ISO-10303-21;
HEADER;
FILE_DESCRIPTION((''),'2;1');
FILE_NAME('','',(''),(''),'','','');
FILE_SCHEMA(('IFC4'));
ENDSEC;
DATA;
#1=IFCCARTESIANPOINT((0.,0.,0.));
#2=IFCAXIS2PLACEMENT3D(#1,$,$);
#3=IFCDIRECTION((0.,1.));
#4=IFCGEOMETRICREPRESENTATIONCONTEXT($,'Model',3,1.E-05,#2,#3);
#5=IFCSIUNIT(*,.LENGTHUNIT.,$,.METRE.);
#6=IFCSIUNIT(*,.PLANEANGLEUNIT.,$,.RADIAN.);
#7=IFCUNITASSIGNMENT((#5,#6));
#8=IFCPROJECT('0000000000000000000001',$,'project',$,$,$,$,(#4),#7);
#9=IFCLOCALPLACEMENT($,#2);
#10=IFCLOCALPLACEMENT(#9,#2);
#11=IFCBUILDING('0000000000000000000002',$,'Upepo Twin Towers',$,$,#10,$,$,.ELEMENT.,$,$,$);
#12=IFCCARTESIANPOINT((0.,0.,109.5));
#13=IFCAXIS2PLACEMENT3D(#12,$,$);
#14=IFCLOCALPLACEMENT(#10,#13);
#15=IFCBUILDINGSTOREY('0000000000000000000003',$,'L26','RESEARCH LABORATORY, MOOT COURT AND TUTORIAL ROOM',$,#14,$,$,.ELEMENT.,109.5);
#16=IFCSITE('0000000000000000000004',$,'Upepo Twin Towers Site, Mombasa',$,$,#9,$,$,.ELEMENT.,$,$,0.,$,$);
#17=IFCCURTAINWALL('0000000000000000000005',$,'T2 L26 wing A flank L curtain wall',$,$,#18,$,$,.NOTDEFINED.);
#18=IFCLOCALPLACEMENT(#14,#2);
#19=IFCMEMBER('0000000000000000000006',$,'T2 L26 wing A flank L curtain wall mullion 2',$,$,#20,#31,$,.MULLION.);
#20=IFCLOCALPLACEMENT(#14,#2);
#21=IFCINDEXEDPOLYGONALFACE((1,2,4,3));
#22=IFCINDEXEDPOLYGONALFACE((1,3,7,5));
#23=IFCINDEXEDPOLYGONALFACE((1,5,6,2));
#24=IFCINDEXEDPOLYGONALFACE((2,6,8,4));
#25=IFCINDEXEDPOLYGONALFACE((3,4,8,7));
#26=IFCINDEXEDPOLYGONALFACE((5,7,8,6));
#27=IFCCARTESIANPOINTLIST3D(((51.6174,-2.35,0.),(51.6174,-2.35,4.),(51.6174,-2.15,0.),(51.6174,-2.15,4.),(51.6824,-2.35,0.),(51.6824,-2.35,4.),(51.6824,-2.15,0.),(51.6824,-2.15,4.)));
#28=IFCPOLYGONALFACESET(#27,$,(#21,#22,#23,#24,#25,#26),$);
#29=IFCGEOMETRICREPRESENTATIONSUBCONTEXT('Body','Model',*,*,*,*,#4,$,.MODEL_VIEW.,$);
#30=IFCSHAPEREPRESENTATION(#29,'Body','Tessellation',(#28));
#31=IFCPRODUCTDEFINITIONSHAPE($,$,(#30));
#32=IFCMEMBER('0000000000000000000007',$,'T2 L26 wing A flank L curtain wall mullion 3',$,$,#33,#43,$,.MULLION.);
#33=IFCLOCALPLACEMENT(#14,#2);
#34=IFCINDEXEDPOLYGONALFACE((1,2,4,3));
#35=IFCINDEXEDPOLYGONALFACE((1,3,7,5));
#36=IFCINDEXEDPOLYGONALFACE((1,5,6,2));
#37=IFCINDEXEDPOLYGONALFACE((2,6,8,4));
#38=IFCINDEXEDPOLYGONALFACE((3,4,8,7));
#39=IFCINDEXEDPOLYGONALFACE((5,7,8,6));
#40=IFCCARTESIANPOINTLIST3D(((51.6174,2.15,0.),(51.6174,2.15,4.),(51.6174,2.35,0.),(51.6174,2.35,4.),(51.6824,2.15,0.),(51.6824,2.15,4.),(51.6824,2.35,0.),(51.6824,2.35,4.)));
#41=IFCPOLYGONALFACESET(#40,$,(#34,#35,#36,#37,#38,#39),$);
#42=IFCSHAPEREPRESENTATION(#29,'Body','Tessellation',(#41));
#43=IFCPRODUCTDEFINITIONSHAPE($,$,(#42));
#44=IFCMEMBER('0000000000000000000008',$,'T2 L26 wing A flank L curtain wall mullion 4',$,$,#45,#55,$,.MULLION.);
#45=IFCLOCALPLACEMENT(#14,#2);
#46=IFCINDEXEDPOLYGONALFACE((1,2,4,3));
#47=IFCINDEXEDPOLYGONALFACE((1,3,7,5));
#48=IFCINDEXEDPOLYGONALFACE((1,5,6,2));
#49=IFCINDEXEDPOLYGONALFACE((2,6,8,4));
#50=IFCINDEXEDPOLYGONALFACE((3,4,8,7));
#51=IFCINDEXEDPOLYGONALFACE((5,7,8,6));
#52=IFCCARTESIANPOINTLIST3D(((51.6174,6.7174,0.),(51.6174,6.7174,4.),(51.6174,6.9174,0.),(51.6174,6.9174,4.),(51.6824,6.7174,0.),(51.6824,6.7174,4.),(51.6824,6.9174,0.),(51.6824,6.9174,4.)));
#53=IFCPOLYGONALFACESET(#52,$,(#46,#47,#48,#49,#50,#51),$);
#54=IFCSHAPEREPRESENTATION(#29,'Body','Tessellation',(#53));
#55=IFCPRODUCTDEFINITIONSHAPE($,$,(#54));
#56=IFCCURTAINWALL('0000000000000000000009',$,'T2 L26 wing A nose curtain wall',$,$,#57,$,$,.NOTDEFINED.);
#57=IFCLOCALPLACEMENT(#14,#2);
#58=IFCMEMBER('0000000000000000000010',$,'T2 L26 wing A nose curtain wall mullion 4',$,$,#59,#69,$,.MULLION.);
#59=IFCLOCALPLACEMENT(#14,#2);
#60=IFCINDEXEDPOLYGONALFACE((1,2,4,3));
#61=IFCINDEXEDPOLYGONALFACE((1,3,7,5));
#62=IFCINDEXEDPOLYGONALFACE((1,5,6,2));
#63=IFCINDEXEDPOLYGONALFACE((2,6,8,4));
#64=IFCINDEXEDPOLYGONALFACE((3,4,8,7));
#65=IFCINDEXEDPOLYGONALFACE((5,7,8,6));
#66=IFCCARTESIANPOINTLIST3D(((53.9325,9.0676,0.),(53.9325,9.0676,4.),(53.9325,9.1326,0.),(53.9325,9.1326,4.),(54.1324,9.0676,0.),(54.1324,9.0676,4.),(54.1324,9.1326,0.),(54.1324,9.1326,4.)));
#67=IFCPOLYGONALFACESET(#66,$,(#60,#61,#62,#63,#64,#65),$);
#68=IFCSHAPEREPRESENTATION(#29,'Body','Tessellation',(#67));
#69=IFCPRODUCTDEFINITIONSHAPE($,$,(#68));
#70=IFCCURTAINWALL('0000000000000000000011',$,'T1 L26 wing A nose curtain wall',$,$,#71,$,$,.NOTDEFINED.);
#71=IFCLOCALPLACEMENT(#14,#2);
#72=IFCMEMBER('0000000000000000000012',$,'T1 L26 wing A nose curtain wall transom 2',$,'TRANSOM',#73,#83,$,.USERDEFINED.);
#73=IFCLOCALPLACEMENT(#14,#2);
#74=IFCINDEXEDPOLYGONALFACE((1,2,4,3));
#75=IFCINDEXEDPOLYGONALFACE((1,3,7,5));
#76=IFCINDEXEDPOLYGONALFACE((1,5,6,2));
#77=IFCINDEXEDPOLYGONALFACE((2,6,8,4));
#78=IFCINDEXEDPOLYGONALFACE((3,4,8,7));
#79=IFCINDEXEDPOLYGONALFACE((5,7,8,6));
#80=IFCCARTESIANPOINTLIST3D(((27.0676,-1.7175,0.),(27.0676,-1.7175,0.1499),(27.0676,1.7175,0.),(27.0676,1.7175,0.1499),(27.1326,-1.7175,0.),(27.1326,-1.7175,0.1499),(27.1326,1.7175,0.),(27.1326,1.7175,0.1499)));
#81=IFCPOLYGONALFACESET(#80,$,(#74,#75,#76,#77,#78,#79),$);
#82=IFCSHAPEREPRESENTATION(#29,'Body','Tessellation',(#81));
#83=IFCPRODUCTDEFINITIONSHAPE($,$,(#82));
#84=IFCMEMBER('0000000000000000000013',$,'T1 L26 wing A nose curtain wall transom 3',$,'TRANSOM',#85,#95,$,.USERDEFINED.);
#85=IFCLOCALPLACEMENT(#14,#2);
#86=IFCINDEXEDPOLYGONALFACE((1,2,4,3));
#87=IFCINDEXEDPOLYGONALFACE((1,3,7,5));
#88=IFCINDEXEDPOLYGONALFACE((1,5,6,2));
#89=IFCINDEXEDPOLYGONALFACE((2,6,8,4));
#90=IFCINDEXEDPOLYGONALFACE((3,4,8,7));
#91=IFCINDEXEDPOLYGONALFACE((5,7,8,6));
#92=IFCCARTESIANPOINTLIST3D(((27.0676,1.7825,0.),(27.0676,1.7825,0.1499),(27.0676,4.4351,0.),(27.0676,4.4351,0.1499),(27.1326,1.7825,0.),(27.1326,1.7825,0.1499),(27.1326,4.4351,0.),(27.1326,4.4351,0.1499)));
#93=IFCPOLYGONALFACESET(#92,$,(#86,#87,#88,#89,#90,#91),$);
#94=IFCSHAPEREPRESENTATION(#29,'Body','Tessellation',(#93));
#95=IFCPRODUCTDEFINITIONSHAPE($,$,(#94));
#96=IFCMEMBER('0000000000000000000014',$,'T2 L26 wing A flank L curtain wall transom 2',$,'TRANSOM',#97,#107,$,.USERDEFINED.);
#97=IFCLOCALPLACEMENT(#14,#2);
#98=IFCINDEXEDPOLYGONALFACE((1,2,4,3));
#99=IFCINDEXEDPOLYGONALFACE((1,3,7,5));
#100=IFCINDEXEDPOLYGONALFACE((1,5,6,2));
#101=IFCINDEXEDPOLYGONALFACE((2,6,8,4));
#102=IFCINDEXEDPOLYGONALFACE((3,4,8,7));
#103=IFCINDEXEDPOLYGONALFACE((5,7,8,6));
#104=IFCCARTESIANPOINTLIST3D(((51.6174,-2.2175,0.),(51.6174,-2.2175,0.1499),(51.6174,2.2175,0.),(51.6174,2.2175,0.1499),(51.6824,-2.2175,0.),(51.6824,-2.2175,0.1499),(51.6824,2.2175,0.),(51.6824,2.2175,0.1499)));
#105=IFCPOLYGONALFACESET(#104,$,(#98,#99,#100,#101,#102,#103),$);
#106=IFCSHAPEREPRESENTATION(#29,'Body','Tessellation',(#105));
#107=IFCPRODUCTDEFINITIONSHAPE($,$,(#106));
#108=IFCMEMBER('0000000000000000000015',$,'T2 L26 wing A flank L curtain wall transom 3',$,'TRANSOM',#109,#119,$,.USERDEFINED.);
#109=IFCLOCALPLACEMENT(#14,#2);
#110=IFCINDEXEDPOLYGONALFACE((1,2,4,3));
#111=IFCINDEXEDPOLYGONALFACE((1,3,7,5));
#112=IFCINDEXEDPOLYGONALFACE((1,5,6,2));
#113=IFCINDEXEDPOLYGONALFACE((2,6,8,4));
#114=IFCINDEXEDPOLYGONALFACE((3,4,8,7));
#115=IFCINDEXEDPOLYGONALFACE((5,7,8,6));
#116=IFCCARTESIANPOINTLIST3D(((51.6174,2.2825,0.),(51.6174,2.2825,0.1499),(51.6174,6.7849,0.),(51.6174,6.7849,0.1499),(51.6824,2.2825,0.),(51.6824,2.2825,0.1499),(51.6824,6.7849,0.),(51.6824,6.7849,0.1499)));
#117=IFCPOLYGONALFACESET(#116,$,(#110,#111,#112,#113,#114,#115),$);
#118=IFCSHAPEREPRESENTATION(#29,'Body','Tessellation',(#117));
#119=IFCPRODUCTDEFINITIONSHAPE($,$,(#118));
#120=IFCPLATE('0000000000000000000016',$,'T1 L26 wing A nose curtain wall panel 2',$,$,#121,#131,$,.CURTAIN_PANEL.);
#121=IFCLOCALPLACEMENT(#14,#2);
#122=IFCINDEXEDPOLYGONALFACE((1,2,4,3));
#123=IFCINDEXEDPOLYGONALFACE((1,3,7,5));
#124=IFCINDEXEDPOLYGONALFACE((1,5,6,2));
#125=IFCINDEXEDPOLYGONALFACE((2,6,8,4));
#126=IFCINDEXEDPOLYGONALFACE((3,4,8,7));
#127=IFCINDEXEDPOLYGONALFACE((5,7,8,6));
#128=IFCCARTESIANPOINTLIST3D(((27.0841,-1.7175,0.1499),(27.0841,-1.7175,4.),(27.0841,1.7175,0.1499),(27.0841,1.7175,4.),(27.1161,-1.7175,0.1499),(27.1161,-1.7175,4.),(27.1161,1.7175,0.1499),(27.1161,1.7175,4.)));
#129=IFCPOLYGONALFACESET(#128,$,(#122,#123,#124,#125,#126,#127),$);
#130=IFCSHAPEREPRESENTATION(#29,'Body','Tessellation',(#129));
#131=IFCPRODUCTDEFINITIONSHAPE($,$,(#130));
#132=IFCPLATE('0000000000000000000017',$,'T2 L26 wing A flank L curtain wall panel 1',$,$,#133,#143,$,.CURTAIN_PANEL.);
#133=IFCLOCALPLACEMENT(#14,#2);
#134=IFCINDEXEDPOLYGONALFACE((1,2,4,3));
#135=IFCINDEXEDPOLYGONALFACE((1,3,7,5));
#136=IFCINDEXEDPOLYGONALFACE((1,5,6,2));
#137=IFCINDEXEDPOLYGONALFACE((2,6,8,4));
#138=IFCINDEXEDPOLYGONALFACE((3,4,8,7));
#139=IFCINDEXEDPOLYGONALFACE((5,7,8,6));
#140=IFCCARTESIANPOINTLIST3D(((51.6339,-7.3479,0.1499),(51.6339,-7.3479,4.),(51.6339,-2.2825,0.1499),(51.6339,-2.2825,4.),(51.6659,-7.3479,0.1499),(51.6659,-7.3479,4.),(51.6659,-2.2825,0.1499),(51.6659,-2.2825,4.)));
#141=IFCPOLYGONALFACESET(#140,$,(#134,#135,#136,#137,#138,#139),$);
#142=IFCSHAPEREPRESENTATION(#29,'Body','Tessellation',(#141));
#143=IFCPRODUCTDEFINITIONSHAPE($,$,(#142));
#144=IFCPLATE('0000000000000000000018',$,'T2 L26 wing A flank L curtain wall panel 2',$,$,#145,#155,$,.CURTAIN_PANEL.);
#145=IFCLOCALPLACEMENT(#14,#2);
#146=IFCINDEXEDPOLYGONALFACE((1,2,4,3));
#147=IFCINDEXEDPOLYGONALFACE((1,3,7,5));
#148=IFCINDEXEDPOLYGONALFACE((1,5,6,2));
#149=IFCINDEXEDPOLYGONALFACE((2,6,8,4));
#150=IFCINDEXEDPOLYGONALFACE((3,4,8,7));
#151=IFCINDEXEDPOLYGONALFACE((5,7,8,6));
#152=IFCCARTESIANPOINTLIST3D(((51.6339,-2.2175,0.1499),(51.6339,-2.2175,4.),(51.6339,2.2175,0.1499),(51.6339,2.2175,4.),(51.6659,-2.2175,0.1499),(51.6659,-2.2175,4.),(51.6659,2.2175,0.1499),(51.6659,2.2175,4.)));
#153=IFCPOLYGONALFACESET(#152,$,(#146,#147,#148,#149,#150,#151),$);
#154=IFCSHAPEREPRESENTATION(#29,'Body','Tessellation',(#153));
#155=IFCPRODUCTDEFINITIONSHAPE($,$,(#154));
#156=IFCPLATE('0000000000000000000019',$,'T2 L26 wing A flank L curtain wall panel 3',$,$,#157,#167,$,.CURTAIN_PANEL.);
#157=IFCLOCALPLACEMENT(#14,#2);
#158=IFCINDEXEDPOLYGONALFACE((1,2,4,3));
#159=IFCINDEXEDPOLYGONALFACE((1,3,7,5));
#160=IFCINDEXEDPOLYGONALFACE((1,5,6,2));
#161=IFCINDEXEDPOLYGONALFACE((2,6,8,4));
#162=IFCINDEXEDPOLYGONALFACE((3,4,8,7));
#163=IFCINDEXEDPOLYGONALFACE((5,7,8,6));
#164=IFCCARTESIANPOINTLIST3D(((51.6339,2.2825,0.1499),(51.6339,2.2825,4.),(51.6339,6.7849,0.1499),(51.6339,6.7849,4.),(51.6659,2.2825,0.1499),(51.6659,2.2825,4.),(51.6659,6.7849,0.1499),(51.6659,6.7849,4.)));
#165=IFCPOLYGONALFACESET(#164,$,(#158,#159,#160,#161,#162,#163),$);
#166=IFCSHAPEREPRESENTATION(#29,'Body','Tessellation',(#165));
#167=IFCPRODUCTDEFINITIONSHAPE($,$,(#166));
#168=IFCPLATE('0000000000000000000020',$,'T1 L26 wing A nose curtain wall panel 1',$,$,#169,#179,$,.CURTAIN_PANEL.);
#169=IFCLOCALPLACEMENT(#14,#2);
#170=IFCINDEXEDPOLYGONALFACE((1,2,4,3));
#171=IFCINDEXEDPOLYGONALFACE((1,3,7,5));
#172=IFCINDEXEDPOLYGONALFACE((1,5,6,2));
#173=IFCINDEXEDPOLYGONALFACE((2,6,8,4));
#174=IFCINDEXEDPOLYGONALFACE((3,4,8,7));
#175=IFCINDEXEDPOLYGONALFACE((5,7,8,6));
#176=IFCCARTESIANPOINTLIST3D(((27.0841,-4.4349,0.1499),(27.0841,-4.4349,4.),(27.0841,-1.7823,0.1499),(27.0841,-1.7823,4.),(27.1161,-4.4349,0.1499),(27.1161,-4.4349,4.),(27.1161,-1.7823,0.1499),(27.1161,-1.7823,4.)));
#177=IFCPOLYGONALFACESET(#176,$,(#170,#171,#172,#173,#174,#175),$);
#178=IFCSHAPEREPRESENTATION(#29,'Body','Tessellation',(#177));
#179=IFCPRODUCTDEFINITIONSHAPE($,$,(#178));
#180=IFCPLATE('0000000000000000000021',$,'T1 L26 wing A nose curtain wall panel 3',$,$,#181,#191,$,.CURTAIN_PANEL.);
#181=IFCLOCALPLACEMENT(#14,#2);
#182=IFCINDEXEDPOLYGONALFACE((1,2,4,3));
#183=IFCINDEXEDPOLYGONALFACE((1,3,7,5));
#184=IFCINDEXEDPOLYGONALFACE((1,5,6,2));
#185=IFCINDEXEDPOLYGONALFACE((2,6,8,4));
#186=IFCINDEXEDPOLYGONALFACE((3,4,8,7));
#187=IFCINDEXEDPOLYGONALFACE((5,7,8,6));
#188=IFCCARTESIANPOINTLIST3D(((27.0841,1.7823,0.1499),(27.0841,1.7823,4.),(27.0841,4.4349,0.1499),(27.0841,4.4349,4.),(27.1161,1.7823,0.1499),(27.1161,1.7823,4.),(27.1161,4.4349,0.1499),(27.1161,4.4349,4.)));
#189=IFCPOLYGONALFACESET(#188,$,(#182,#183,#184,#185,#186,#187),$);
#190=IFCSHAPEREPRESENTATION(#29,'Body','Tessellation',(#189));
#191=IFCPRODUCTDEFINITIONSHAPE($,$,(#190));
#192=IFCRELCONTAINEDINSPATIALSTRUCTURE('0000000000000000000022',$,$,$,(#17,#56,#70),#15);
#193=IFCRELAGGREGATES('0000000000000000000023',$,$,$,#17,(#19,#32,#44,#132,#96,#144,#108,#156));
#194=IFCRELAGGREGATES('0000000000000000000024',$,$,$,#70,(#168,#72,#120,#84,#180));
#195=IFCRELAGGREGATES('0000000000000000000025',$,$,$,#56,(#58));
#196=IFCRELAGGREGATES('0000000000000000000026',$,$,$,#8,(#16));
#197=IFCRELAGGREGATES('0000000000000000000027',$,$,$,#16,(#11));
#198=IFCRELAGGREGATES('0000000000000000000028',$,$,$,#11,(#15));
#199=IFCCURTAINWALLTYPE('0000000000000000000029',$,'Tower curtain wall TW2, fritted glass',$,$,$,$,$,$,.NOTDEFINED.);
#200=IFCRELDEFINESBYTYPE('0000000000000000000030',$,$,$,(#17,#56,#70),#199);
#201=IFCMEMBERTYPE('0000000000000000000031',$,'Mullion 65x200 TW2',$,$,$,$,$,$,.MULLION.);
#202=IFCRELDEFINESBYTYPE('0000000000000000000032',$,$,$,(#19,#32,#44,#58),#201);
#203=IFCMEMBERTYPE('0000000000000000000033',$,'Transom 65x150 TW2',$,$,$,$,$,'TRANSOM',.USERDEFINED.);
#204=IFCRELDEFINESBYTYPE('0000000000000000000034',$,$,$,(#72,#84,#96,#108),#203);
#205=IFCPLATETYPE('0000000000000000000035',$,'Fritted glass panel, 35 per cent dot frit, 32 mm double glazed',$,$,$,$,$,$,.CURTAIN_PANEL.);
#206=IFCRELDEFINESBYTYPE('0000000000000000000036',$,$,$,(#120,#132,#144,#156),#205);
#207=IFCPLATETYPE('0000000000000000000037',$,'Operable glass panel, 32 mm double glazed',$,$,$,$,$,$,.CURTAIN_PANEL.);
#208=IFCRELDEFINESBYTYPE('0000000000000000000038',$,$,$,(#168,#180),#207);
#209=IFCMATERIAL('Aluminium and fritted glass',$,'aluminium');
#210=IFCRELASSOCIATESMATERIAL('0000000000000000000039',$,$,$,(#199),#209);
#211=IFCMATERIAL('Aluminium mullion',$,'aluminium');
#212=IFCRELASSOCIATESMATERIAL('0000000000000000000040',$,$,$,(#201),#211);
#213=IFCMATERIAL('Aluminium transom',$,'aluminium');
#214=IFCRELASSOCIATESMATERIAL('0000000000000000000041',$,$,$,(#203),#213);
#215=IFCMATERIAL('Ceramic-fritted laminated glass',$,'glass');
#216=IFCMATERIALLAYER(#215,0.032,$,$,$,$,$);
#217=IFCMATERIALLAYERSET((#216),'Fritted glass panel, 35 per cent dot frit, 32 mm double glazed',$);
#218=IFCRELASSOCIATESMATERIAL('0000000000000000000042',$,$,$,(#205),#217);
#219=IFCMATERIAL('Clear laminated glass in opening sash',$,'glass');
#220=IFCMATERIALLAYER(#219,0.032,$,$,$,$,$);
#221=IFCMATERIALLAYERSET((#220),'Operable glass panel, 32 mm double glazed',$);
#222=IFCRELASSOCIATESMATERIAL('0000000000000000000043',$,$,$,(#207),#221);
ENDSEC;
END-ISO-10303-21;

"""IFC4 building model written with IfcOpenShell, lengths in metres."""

from ifc_helpers import new_model, si_unit, direction, frame, origin, origin_2d, place, context, subcontext, project, spatial, rectangle, extrude, material, layer, layer_set, material_profile, profile_set, type_object, element, aggregate, save


model = new_model("IFC4")

# Units and contexts
model_context = context("Model", 3, precision=1e-05, world=origin(), true_north=direction((0.0, 1.0)))
body_context = subcontext(model_context, "Body", "Model", "MODEL_VIEW")
ifc_project = project(units=[si_unit("LENGTHUNIT", "METRE"), si_unit("PLANEANGLEUNIT", "RADIAN")], contexts=[model_context])

# Site, building, storey
site_placement = place(None, origin())
site = spatial("IfcSite", under=ifc_project, at=site_placement, Name="Upepo Twin Towers Site, Mombasa", CompositionType="ELEMENT", RefElevation=0.0)
building_placement = place(site_placement, origin())
building = spatial("IfcBuilding", under=site, at=building_placement, Name="Upepo Twin Towers", CompositionType="ELEMENT")
storey_placement = place(building_placement, frame((0.0, 0.0, 109.5)))
storey = spatial("IfcBuildingStorey", under=building, at=storey_placement, Name="L26", Description="RESEARCH LABORATORY, MOOT COURT AND TUTORIAL ROOM", CompositionType="ELEMENT", Elevation=109.5)

# Curtain wall, members
ifc_material_1 = material(Name="Aluminium and fritted glass", Category="aluminium")
curtain_wall_type = type_object("IfcCurtainWallType", Name="Tower curtain wall TW2, fritted glass", PredefinedType="NOTDEFINED", material=ifc_material_1)
curtain_wall_1_placement = place(storey_placement, origin())
curtain_wall_1 = element("IfcCurtainWall", 1, at=curtain_wall_1_placement, inside=storey, type_object=curtain_wall_type, Name="T2 L26 wing A flank L curtain wall", PredefinedType="NOTDEFINED")
ifc_material_2 = material(Name="Aluminium mullion", Category="aluminium")
ifc_material_profile_1 = material_profile(ifc_material_2, rectangle(XDim=0.0649, YDim=0.2, at=origin_2d()), Name="MULLION 65x200")
ifc_profile_set_1 = profile_set([ifc_material_profile_1], Name="Aluminium mullion")
member_type_1 = type_object("IfcMemberType", Name="Mullion 65x200 TW2", PredefinedType="MULLION", material=ifc_profile_set_1)
member_1_placement = place(storey_placement, frame((51.6499, -2.25, 0.0), z_axis=(0.0, 0.0, 1.0), x_axis=(-1.0, 0.0, 0.0)))
member_1 = element("IfcMember", 2, at=member_1_placement, type_object=member_type_1, Name="T2 L26 wing A flank L curtain wall mullion 2", PredefinedType="MULLION", context=body_context, shape_type="SweptSolid", body=[
    extrude(rectangle(XDim=0.0649, YDim=0.2, at=origin_2d()), origin(), (0.0, 0.0, 1.0), 4.0),
])
member_2_placement = place(storey_placement, frame((51.6499, 2.25, 0.0), z_axis=(0.0, 0.0, 1.0), x_axis=(-1.0, 0.0, 0.0)))
member_2 = element("IfcMember", 3, at=member_2_placement, type_object=member_type_1, Name="T2 L26 wing A flank L curtain wall mullion 3", PredefinedType="MULLION", context=body_context, shape_type="SweptSolid", body=[
    extrude(rectangle(XDim=0.0649, YDim=0.2, at=origin_2d()), origin(), (0.0, 0.0, 1.0), 4.0),
])
member_3_placement = place(storey_placement, frame((51.6499, 6.8174, 0.0), z_axis=(0.0, 0.0, 1.0), x_axis=(-1.0, 0.0, 0.0)))
member_3 = element("IfcMember", 4, at=member_3_placement, type_object=member_type_1, Name="T2 L26 wing A flank L curtain wall mullion 4", PredefinedType="MULLION", context=body_context, shape_type="SweptSolid", body=[
    extrude(rectangle(XDim=0.0649, YDim=0.2, at=origin_2d()), origin(), (0.0, 0.0, 1.0), 4.0),
])

# Curtain wall, member
curtain_wall_2_placement = place(storey_placement, origin())
curtain_wall_2 = element("IfcCurtainWall", 5, at=curtain_wall_2_placement, inside=storey, type_object=curtain_wall_type, Name="T2 L26 wing A nose curtain wall", PredefinedType="NOTDEFINED")
member_4_placement = place(storey_placement, frame((54.0325, 9.1001, 0.0), z_axis=(0.0, 0.0, 1.0), x_axis=(0.0, -1.0, 0.0)))
member_4 = element("IfcMember", 6, at=member_4_placement, type_object=member_type_1, Name="T2 L26 wing A nose curtain wall mullion 4", PredefinedType="MULLION", context=body_context, shape_type="SweptSolid", body=[
    extrude(rectangle(XDim=0.0649, YDim=0.2, at=origin_2d()), origin(), (0.0, 0.0, 1.0), 4.0),
])

# Curtain wall, members
curtain_wall_3_placement = place(storey_placement, origin())
curtain_wall_3 = element("IfcCurtainWall", 7, at=curtain_wall_3_placement, inside=storey, type_object=curtain_wall_type, Name="T1 L26 wing A nose curtain wall", PredefinedType="NOTDEFINED")
ifc_material_3 = material(Name="Aluminium transom", Category="aluminium")
ifc_material_profile_2 = material_profile(ifc_material_3, rectangle(XDim=0.0649, YDim=0.1499, at=origin_2d()), Name="TRANSOM 65x150")
ifc_profile_set_2 = profile_set([ifc_material_profile_2], Name="Aluminium transom")
member_type_2 = type_object("IfcMemberType", Name="Transom 65x150 TW2", ElementType="TRANSOM", PredefinedType="USERDEFINED", material=ifc_profile_set_2)
member_5_placement = place(storey_placement, frame((27.1001, -1.7175, 0.075), z_axis=(0.0, 1.0, 0.0), x_axis=(-1.0, 0.0, 0.0)))
member_5 = element("IfcMember", 8, at=member_5_placement, type_object=member_type_2, Name="T1 L26 wing A nose curtain wall transom 2", ObjectType="TRANSOM", PredefinedType="USERDEFINED", context=body_context, shape_type="SweptSolid", body=[
    extrude(rectangle(XDim=0.0649, YDim=0.1499, at=origin_2d()), origin(), (0.0, 0.0, 1.0), 3.4351),
])
member_6_placement = place(storey_placement, frame((27.1001, 1.7825, 0.075), z_axis=(0.0, 1.0, 0.0), x_axis=(-1.0, 0.0, 0.0)))
member_6 = element("IfcMember", 9, at=member_6_placement, type_object=member_type_2, Name="T1 L26 wing A nose curtain wall transom 3", ObjectType="TRANSOM", PredefinedType="USERDEFINED", context=body_context, shape_type="SweptSolid", body=[
    extrude(rectangle(XDim=0.0649, YDim=0.1499, at=origin_2d()), origin(), (0.0, 0.0, 1.0), 2.6526),
])

# Members
member_7_placement = place(storey_placement, frame((51.6499, -2.2175, 0.075), z_axis=(0.0, 1.0, 0.0), x_axis=(-1.0, 0.0, 0.0)))
member_7 = element("IfcMember", 10, at=member_7_placement, type_object=member_type_2, Name="T2 L26 wing A flank L curtain wall transom 2", ObjectType="TRANSOM", PredefinedType="USERDEFINED", context=body_context, shape_type="SweptSolid", body=[
    extrude(rectangle(XDim=0.0649, YDim=0.1499, at=origin_2d()), origin(), (0.0, 0.0, 1.0), 4.4351),
])
member_8_placement = place(storey_placement, frame((51.6499, 2.2825, 0.075), z_axis=(0.0, 1.0, 0.0), x_axis=(-1.0, 0.0, 0.0)))
member_8 = element("IfcMember", 11, at=member_8_placement, type_object=member_type_2, Name="T2 L26 wing A flank L curtain wall transom 3", ObjectType="TRANSOM", PredefinedType="USERDEFINED", context=body_context, shape_type="SweptSolid", body=[
    extrude(rectangle(XDim=0.0649, YDim=0.1499, at=origin_2d()), origin(), (0.0, 0.0, 1.0), 4.5024),
])

# Plates
ifc_material_4 = material(Name="Ceramic-fritted laminated glass", Category="glass")
ifc_layer_1 = layer(ifc_material_4, 0.032)
ifc_layer_set_1 = layer_set([ifc_layer_1], Name="Fritted glass panel, 35 per cent dot frit, 32 mm double glazed")
plate_type_1 = type_object("IfcPlateType", Name="Fritted glass panel, 35 per cent dot frit, 32 mm double glazed", PredefinedType="CURTAIN_PANEL", material=ifc_layer_set_1)
plate_1_placement = place(storey_placement, frame((27.1001, 0.0, 0.1499), z_axis=(0.0, 0.0, 1.0), x_axis=(0.0, 1.0, 0.0)))
plate_1 = element("IfcPlate", 12, at=plate_1_placement, type_object=plate_type_1, Name="T1 L26 wing A nose curtain wall panel 2", PredefinedType="CURTAIN_PANEL", context=body_context, shape_type="SweptSolid", body=[
    extrude(rectangle(XDim=3.4351, YDim=0.032, at=origin_2d()), origin(), (0.0, 0.0, 1.0), 3.8501),
])
plate_2_placement = place(storey_placement, frame((51.6499, -4.8152, 0.1499), z_axis=(0.0, 0.0, 1.0), x_axis=(0.0, 1.0, 0.0)))
plate_2 = element("IfcPlate", 13, at=plate_2_placement, type_object=plate_type_1, Name="T2 L26 wing A flank L curtain wall panel 1", PredefinedType="CURTAIN_PANEL", context=body_context, shape_type="SweptSolid", body=[
    extrude(rectangle(XDim=5.0654, YDim=0.032, at=origin_2d()), origin(), (0.0, 0.0, 1.0), 3.8501),
])
plate_3_placement = place(storey_placement, frame((51.6499, 0.0, 0.1499), z_axis=(0.0, 0.0, 1.0), x_axis=(0.0, 1.0, 0.0)))
plate_3 = element("IfcPlate", 14, at=plate_3_placement, type_object=plate_type_1, Name="T2 L26 wing A flank L curtain wall panel 2", PredefinedType="CURTAIN_PANEL", context=body_context, shape_type="SweptSolid", body=[
    extrude(rectangle(XDim=4.4351, YDim=0.032, at=origin_2d()), origin(), (0.0, 0.0, 1.0), 3.8501),
])
plate_4_placement = place(storey_placement, frame((51.6499, 4.5337, 0.1499), z_axis=(0.0, 0.0, 1.0), x_axis=(0.0, 1.0, 0.0)))
plate_4 = element("IfcPlate", 15, at=plate_4_placement, type_object=plate_type_1, Name="T2 L26 wing A flank L curtain wall panel 3", PredefinedType="CURTAIN_PANEL", context=body_context, shape_type="SweptSolid", body=[
    extrude(rectangle(XDim=4.5024, YDim=0.032, at=origin_2d()), origin(), (0.0, 0.0, 1.0), 3.8501),
])
aggregate(curtain_wall_1, [member_1, member_2, member_3, plate_2, member_7, plate_3, member_8, plate_4])
ifc_material_5 = material(Name="Clear laminated glass in opening sash", Category="glass")
ifc_layer_2 = layer(ifc_material_5, 0.032)
ifc_layer_set_2 = layer_set([ifc_layer_2], Name="Operable glass panel, 32 mm double glazed")
plate_type_2 = type_object("IfcPlateType", Name="Operable glass panel, 32 mm double glazed", PredefinedType="CURTAIN_PANEL", material=ifc_layer_set_2)
plate_5_placement = place(storey_placement, frame((27.1001, -3.1086, 0.1499), z_axis=(0.0, 0.0, 1.0), x_axis=(0.0, 1.0, 0.0)))
plate_5 = element("IfcPlate", 16, at=plate_5_placement, type_object=plate_type_2, Name="T1 L26 wing A nose curtain wall panel 1", PredefinedType="CURTAIN_PANEL", context=body_context, shape_type="SweptSolid", body=[
    extrude(rectangle(XDim=2.6526, YDim=0.032, at=origin_2d()), origin(), (0.0, 0.0, 1.0), 3.8501),
])
plate_6_placement = place(storey_placement, frame((27.1001, 3.1086, 0.1499), z_axis=(0.0, 0.0, 1.0), x_axis=(0.0, 1.0, 0.0)))
plate_6 = element("IfcPlate", 17, at=plate_6_placement, type_object=plate_type_2, Name="T1 L26 wing A nose curtain wall panel 3", PredefinedType="CURTAIN_PANEL", context=body_context, shape_type="SweptSolid", body=[
    extrude(rectangle(XDim=2.6526, YDim=0.032, at=origin_2d()), origin(), (0.0, 0.0, 1.0), 3.8501),
])
aggregate(curtain_wall_3, [plate_5, member_5, plate_1, member_6, plate_6])
aggregate(curtain_wall_2, [member_4])

save(model, "model.ifc")
